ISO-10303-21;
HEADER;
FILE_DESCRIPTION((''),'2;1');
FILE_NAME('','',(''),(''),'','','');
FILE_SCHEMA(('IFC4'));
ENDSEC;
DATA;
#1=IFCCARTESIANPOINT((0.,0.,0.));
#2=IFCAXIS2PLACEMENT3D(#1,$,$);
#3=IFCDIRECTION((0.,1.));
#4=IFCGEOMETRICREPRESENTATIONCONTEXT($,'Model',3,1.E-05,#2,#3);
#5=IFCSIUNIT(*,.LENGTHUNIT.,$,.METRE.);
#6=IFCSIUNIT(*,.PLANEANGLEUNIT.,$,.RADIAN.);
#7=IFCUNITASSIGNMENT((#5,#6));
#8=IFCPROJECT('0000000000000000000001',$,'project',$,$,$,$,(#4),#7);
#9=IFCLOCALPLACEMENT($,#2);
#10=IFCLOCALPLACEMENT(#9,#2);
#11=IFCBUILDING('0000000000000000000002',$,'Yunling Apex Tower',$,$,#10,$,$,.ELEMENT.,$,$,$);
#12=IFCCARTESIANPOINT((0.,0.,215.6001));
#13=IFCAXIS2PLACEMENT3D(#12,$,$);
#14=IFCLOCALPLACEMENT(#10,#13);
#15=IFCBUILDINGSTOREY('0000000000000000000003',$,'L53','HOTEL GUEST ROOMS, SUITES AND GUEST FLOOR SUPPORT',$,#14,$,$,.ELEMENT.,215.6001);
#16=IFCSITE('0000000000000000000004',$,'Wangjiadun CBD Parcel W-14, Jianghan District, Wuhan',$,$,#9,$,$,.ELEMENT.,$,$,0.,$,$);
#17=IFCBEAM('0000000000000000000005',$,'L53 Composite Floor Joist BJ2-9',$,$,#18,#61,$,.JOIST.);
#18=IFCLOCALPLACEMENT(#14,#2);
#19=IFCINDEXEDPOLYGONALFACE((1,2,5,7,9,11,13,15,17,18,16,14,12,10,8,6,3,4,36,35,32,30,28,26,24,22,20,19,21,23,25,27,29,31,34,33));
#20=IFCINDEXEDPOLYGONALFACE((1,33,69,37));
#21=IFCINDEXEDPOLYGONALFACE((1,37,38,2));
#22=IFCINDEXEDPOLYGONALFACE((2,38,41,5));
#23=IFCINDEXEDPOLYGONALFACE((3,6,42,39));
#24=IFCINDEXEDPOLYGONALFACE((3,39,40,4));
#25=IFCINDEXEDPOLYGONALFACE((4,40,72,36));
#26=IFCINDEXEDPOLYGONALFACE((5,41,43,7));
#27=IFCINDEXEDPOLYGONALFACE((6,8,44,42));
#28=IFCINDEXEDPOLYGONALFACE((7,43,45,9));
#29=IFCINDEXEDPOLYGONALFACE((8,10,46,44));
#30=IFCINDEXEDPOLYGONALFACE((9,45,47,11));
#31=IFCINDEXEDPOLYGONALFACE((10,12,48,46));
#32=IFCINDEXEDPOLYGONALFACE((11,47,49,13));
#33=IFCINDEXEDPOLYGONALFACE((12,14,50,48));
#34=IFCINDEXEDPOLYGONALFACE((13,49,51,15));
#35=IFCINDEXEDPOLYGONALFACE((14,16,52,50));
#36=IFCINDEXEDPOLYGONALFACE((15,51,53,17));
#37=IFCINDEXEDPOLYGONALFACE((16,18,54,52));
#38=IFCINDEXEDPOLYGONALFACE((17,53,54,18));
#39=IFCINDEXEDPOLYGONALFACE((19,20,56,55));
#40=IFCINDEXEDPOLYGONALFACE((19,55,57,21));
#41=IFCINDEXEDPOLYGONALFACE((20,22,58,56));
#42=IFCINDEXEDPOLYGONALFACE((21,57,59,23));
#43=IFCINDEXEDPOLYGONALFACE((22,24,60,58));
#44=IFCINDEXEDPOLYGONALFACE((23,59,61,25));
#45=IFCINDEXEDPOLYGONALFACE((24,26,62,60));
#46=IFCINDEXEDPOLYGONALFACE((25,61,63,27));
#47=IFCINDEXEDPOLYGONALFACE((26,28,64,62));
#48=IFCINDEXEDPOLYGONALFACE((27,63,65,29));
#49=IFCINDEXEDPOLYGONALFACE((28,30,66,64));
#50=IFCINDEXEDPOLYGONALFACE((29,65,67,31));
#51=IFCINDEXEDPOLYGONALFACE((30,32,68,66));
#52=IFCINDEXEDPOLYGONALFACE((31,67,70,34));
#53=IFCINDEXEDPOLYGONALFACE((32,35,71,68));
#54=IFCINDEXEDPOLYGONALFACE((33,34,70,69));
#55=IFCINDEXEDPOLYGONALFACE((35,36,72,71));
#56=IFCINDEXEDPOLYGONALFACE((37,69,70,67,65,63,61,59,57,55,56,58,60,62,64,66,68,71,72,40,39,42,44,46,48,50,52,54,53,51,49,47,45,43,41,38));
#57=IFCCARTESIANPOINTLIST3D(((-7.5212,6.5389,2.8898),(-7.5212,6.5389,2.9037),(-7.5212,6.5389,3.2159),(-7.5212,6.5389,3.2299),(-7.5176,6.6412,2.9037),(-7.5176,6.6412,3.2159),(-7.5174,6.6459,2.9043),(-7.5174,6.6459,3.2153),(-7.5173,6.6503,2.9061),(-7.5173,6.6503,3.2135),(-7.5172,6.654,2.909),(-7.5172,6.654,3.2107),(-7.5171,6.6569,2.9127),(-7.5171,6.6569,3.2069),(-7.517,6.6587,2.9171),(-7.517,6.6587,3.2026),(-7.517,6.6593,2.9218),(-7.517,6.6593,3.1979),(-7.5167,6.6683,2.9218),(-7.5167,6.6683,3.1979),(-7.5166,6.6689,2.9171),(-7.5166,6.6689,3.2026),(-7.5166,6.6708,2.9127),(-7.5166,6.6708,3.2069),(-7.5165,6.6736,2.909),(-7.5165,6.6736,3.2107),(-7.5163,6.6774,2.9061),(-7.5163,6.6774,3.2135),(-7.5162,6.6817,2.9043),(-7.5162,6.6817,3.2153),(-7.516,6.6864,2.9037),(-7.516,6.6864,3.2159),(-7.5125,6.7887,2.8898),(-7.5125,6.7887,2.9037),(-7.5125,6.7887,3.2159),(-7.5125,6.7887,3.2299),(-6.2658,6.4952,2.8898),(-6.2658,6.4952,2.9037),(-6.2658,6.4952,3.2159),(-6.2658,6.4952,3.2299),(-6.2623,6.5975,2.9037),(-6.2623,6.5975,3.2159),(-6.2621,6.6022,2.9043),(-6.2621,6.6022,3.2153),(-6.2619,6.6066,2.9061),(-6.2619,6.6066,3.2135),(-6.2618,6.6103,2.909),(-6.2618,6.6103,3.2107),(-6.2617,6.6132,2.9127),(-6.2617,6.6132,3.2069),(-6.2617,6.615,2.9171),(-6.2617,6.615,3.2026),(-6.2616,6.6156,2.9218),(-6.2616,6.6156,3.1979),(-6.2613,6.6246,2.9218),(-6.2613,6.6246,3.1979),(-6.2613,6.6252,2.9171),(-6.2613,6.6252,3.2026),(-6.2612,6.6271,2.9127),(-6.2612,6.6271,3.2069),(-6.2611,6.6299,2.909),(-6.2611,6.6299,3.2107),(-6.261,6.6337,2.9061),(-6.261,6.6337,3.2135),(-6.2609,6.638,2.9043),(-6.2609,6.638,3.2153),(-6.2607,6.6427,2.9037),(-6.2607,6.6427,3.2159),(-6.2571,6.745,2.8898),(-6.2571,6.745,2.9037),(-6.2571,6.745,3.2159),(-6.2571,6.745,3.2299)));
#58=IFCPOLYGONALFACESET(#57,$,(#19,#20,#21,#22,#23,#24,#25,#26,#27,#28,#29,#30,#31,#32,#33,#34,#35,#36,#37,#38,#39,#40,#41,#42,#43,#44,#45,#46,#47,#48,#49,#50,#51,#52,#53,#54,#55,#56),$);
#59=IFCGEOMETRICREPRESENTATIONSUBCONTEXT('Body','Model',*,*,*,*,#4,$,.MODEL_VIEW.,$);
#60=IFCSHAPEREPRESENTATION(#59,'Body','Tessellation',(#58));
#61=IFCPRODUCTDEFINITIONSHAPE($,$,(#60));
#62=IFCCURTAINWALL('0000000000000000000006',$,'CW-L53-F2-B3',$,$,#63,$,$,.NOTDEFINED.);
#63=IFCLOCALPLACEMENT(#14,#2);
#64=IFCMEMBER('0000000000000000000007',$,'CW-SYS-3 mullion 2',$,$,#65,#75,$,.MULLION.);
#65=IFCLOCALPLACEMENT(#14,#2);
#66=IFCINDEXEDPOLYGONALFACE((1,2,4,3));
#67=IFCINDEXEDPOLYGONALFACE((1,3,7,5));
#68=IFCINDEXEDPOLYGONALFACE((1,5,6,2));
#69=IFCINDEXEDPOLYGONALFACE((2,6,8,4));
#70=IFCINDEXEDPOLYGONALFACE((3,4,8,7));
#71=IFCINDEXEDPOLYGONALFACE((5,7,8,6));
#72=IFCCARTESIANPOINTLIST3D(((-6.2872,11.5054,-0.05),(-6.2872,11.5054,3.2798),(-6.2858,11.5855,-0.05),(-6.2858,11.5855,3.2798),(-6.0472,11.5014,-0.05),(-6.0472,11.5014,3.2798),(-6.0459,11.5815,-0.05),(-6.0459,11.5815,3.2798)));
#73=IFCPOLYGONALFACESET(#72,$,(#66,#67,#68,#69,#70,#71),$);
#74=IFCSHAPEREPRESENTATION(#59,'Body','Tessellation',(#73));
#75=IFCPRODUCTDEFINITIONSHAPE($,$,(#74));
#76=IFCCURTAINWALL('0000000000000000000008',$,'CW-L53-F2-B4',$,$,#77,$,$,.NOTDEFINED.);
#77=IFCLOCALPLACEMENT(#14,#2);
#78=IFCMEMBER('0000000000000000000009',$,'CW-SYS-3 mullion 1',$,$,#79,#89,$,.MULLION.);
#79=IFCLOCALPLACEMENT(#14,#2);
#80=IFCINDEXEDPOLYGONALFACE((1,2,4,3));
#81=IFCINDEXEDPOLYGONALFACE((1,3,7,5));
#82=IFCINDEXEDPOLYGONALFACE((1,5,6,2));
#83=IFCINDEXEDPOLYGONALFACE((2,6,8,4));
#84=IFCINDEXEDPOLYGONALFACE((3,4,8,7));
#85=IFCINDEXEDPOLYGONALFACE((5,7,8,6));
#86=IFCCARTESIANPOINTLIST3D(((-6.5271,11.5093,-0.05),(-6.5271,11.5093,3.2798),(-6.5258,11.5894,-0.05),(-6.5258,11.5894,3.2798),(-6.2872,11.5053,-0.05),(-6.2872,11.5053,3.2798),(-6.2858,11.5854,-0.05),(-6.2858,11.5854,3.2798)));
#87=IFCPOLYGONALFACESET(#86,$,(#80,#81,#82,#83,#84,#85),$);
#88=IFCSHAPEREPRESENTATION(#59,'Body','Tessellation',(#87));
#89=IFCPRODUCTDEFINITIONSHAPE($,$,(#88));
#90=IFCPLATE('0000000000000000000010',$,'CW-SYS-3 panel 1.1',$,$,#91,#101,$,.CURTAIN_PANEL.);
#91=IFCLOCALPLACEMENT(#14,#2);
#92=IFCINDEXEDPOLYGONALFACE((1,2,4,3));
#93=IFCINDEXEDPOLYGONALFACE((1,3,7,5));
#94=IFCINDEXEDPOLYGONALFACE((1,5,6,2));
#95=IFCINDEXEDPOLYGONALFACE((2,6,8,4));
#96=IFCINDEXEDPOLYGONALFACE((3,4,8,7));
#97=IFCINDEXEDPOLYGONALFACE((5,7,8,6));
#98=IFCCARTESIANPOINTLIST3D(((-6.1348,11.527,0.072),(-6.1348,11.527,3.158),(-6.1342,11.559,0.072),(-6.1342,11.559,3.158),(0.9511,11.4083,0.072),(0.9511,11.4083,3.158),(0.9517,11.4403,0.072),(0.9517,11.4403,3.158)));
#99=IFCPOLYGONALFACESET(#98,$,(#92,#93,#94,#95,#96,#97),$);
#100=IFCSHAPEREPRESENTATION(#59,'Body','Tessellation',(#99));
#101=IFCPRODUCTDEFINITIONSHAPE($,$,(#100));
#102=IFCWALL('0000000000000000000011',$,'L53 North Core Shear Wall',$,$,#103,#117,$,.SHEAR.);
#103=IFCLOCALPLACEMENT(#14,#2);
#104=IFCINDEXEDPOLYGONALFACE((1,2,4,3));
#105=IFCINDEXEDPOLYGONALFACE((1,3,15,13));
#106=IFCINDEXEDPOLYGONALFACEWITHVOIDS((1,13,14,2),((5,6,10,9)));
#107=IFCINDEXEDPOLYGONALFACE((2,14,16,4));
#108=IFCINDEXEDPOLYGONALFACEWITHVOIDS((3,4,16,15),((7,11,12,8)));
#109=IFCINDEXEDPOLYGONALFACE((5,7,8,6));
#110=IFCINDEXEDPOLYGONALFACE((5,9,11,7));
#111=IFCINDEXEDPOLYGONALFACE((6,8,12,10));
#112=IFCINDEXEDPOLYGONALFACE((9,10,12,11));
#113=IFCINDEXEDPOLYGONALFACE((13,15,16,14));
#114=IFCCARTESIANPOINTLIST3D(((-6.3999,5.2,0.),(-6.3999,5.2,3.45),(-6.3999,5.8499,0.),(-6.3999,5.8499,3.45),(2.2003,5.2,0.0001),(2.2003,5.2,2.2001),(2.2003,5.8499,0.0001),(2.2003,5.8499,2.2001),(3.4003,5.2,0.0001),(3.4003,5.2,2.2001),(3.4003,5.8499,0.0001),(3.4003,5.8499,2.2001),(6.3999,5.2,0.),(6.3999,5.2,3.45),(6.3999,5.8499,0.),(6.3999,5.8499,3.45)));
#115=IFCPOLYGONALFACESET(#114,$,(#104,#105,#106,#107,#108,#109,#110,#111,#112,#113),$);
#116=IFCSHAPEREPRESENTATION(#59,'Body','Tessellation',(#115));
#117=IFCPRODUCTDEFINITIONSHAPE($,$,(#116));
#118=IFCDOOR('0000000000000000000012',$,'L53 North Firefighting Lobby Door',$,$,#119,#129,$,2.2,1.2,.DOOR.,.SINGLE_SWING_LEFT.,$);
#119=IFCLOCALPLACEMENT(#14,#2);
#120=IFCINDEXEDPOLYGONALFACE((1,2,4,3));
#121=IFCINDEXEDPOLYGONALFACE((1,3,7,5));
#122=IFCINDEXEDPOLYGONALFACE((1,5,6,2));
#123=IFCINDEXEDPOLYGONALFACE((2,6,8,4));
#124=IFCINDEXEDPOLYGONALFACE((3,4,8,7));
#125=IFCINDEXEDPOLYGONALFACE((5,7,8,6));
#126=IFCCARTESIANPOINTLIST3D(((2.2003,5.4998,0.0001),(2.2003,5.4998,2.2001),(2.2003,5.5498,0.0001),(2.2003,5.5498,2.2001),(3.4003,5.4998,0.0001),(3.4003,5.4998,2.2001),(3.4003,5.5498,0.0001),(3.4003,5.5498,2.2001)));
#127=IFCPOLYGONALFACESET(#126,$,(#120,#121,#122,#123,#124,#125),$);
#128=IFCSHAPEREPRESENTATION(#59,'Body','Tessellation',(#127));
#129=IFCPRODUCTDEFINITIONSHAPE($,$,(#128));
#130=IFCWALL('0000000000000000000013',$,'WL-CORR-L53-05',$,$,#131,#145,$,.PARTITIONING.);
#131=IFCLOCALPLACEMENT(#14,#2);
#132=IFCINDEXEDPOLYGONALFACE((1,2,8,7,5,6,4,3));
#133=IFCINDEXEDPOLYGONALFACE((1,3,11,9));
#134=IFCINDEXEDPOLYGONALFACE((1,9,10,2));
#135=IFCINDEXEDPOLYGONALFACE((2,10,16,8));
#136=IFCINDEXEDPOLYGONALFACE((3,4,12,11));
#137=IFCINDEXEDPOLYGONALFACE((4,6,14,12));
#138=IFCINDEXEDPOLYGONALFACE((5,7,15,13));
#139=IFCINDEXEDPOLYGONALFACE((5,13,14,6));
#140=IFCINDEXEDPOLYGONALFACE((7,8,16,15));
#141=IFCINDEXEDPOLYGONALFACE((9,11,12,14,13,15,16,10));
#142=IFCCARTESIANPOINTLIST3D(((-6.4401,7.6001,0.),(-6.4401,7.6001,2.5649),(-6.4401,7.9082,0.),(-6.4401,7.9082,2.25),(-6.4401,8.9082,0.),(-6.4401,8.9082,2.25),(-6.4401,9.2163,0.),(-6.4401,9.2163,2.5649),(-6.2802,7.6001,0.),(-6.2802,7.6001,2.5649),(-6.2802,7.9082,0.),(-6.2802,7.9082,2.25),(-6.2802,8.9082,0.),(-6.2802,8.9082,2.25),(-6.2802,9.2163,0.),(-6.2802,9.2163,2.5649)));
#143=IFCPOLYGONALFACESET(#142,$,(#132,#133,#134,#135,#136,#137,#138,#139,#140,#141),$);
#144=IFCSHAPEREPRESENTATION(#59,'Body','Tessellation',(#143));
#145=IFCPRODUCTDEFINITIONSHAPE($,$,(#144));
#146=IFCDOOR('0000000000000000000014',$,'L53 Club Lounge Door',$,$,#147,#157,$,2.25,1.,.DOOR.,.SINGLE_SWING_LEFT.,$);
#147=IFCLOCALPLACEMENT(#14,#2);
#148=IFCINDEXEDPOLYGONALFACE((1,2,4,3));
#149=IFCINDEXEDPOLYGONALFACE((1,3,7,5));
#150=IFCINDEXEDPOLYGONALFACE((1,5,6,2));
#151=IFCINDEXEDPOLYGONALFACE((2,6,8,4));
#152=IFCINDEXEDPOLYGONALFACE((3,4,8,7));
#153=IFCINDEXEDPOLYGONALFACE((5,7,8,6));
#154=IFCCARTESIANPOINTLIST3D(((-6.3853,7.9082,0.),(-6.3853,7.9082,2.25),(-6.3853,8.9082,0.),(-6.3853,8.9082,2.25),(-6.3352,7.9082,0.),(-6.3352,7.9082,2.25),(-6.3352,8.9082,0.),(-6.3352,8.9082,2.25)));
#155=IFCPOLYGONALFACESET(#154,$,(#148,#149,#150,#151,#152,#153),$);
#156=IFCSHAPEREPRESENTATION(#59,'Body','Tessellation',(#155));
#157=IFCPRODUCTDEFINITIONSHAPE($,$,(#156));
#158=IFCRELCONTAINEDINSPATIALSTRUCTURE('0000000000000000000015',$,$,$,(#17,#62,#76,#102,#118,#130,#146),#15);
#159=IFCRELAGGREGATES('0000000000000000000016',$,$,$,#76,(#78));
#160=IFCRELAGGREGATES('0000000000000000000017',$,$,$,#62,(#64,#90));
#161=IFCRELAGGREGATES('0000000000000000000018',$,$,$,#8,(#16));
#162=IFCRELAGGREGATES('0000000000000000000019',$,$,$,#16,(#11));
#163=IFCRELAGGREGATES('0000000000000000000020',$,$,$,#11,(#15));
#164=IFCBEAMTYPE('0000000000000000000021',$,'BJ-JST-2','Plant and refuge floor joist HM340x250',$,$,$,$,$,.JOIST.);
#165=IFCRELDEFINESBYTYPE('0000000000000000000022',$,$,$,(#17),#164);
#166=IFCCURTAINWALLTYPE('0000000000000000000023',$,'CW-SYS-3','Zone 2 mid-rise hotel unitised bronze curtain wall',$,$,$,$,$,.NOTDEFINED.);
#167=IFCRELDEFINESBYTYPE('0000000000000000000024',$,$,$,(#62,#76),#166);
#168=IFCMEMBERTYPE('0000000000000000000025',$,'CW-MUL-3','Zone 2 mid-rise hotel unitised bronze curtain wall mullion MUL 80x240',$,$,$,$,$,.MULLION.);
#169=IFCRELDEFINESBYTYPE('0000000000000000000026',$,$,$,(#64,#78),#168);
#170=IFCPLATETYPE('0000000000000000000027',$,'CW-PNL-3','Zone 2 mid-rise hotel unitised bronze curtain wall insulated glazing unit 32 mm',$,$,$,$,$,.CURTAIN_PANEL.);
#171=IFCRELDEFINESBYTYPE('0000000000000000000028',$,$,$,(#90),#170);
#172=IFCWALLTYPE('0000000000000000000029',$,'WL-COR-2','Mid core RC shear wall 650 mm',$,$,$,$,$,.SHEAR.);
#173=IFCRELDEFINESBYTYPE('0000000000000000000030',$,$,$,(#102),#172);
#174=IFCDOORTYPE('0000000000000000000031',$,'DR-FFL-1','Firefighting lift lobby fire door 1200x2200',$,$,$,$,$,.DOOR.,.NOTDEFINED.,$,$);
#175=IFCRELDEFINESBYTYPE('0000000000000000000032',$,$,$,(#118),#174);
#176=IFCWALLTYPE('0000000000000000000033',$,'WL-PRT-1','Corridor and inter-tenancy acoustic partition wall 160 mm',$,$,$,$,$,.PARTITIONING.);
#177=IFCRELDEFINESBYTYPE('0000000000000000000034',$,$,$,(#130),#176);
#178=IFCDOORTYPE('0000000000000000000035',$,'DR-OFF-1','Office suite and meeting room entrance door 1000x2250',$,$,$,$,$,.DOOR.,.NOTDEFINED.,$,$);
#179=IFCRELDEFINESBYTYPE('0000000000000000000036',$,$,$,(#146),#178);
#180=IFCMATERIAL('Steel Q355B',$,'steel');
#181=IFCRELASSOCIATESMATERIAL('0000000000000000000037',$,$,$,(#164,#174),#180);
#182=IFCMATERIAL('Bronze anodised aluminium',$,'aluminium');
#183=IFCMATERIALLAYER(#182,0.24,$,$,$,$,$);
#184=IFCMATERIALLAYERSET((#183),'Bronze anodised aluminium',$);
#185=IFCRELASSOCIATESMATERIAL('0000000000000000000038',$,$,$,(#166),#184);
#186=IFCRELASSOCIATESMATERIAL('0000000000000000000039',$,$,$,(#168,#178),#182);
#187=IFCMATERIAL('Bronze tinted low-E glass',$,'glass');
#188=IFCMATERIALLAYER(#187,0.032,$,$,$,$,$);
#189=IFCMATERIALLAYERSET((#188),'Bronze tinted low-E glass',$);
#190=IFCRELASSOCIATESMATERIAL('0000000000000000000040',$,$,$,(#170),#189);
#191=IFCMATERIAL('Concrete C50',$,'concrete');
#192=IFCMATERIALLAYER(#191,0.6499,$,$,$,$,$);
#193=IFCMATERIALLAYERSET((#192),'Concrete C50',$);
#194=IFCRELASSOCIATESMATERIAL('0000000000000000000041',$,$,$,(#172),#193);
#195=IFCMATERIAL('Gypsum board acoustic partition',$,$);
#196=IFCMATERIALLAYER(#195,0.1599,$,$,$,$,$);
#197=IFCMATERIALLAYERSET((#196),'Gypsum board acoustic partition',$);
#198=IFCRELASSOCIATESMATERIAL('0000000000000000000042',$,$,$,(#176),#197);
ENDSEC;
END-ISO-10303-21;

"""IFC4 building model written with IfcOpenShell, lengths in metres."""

from ifc_helpers import new_model, si_unit, direction, frame, frame_2d, origin, origin_2d, place, context, subcontext, project, spatial, rectangle, i_section, extrude, source, transform, mapped, material, layer, layer_set, material_profile, profile_set, type_object, element, fill, aggregate, save


model = new_model("IFC4")

# Units and contexts
model_context = context("Model", 3, precision=1e-05, world=origin(), true_north=direction((0.0, 1.0)))
body_context = subcontext(model_context, "Body", "Model", "MODEL_VIEW")
ifc_project = project(units=[si_unit("LENGTHUNIT", "METRE"), si_unit("PLANEANGLEUNIT", "RADIAN")], contexts=[model_context])

# Site, building, storey
site_placement = place(None, origin())
site = spatial("IfcSite", under=ifc_project, at=site_placement, Name="Wangjiadun CBD Parcel W-14, Jianghan District, Wuhan", CompositionType="ELEMENT", RefElevation=0.0)
building_placement = place(site_placement, origin())
building = spatial("IfcBuilding", under=site, at=building_placement, Name="Yunling Apex Tower", CompositionType="ELEMENT")
storey_placement = place(building_placement, frame((0.0, 0.0, 215.6001)))
storey = spatial("IfcBuildingStorey", under=building, at=storey_placement, Name="L53", Description="HOTEL GUEST ROOMS, SUITES AND GUEST FLOOR SUPPORT", CompositionType="ELEMENT", Elevation=215.6001)

# Shared definitions
ifc_material_1 = material(Name="Concrete C50", Category="concrete")

# Beam
ifc_material_2 = material(Name="Steel Q355B", Category="steel")
ifc_material_profile_1 = material_profile(ifc_material_2, i_section(OverallWidth=0.25, OverallDepth=0.3401, WebThickness=0.009, FlangeThickness=0.0139, FilletRadius=0.0181, at=origin_2d()))
ifc_profile_set_1 = profile_set([ifc_material_profile_1], Name="Steel Q355B")
beam_type_1 = type_object("IfcBeamType", Name="BJ-JST-2", Description="Plant and refuge floor joist HM340x250", PredefinedType="JOIST", material=ifc_profile_set_1)
shared_shape_1 = source(origin(), body_context, "Body", "SweptSolid", [
    extrude(i_section(OverallWidth=0.25, OverallDepth=0.3401, WebThickness=0.009, FlangeThickness=0.0139, FilletRadius=0.0181, at=origin_2d()), origin(), (0.0, 0.0, 1.0), 1.2561),
])
beam_1_placement = place(storey_placement, frame((-6.2615, 6.6201, 3.0598), z_axis=(-0.999395, 0.03479, 0.0), x_axis=(-0.03479, -0.999395, 0.0)))
element("IfcBeam", 1, at=beam_1_placement, inside=storey, type_object=beam_type_1, Name="L53 Composite Floor Joist BJ2-9", PredefinedType="JOIST", context=body_context, shape_type="MappedRepresentation", body=[
    mapped(shared_shape_1, transform((0.0, 0.0, 0.0), scale=1.0)),
])

# Curtain walls, members
ifc_material_3 = material(Name="Bronze anodised aluminium", Category="aluminium")
ifc_layer_1 = layer(ifc_material_3, 0.24)
ifc_layer_set_1 = layer_set([ifc_layer_1], Name="Bronze anodised aluminium")
curtain_wall_type = type_object("IfcCurtainWallType", Name="CW-SYS-3", Description="Zone 2 mid-rise hotel unitised bronze curtain wall", PredefinedType="NOTDEFINED", material=ifc_layer_set_1)
curtain_wall_1_placement = place(storey_placement, origin())
curtain_wall_1 = element("IfcCurtainWall", 2, at=curtain_wall_1_placement, inside=storey, type_object=curtain_wall_type, Name="CW-L53-F2-B3", PredefinedType="NOTDEFINED")
ifc_material_profile_2 = material_profile(ifc_material_3, rectangle(XDim=0.0801, YDim=0.24, at=origin_2d()))
ifc_profile_set_2 = profile_set([ifc_material_profile_2], Name="Bronze anodised aluminium")
member_type = type_object("IfcMemberType", Name="CW-MUL-3", Description="Zone 2 mid-rise hotel unitised bronze curtain wall mullion MUL 80x240", PredefinedType="MULLION", material=ifc_profile_set_2)
shared_shape_2 = source(origin(), body_context, "Body", "SweptSolid", [
    extrude(rectangle(XDim=0.0801, YDim=0.24, at=origin_2d()), origin(), (0.0, 0.0, 1.0), 3.3298),
])
member_1_placement = place(storey_placement, frame((-6.1665, 11.5435, -0.05), z_axis=(0.0, 0.0, 1.0), x_axis=(-0.016747, -0.99986, 0.0)))
member_1 = element("IfcMember", 3, at=member_1_placement, type_object=member_type, Name="CW-SYS-3 mullion 2", PredefinedType="MULLION", context=body_context, shape_type="MappedRepresentation", body=[
    mapped(shared_shape_2, transform((0.0, 0.0, 0.0), scale=1.0)),
])
curtain_wall_2_placement = place(storey_placement, origin())
curtain_wall_2 = element("IfcCurtainWall", 4, at=curtain_wall_2_placement, inside=storey, type_object=curtain_wall_type, Name="CW-L53-F2-B4", PredefinedType="NOTDEFINED")
member_2_placement = place(storey_placement, frame((-6.4065, 11.5474, -0.05), z_axis=(0.0, 0.0, 1.0), x_axis=(-0.016761, -0.99986, 0.0)))
member_2 = element("IfcMember", 5, at=member_2_placement, type_object=member_type, Name="CW-SYS-3 mullion 1", PredefinedType="MULLION", context=body_context, shape_type="MappedRepresentation", body=[
    mapped(shared_shape_2, transform((0.0, 0.0, 0.0), scale=1.0)),
])
aggregate(curtain_wall_2, [member_2])

# Plate
ifc_material_4 = material(Name="Bronze tinted low-E glass", Category="glass")
ifc_layer_2 = layer(ifc_material_4, 0.032)
ifc_layer_set_2 = layer_set([ifc_layer_2], Name="Bronze tinted low-E glass")
plate_type = type_object("IfcPlateType", Name="CW-PNL-3", Description="Zone 2 mid-rise hotel unitised bronze curtain wall insulated glazing unit 32 mm", PredefinedType="CURTAIN_PANEL", material=ifc_layer_set_2)
shared_shape_3 = source(origin(), body_context, "Body", "SweptSolid", [
    extrude(rectangle(XDim=7.0869, YDim=0.032, at=origin_2d()), origin(), (0.0, 0.0, 1.0), 3.0859),
])
plate_placement = place(storey_placement, frame((-2.5916, 11.4836, 0.072), z_axis=(0.0, 0.0, 1.0), x_axis=(-0.99986, 0.016747, 0.0)))
plate = element("IfcPlate", 6, at=plate_placement, type_object=plate_type, Name="CW-SYS-3 panel 1.1", PredefinedType="CURTAIN_PANEL", context=body_context, shape_type="MappedRepresentation", body=[
    mapped(shared_shape_3, transform((0.0, 0.0, 0.0), scale=1.0)),
])
aggregate(curtain_wall_1, [member_1, plate])

# Walls, openings, doors
ifc_layer_3 = layer(ifc_material_1, 0.6499)
ifc_layer_set_3 = layer_set([ifc_layer_3], Name="Concrete C50")
wall_type_1 = type_object("IfcWallType", Name="WL-COR-2", Description="Mid core RC shear wall 650 mm", PredefinedType="SHEAR", material=ifc_layer_set_3)
wall_1_placement = place(storey_placement, frame((-6.3999, 5.5249, 0.0), z_axis=(0.0, 0.0, 1.0), x_axis=(1.0, 0.0, 0.0)))
wall_1 = element("IfcWall", 7, at=wall_1_placement, inside=storey, type_object=wall_type_1, Name="L53 North Core Shear Wall", PredefinedType="SHEAR", context=body_context, shape_type="SweptSolid", body=[
    extrude(rectangle(XDim=12.7998, YDim=0.6499, at=frame_2d((6.3999, 0.0))), origin(), (0.0, 0.0, 1.0), 3.45),
])
opening_1_placement = place(wall_1_placement, frame((8.6001, 0.0, 0.0)))
opening_1 = element("IfcOpeningElement", 8, at=opening_1_placement, cuts=wall_1, PredefinedType="OPENING", context=body_context, shape_type="SweptSolid", body=[
    extrude(rectangle(XDim=1.2, YDim=2.2, at=frame_2d((0.6001, 1.1001))), frame((0.0, 0.335, 0.0), z_axis=(0.0, -1.0, 0.0), x_axis=(1.0, 0.0, 0.0)), (0.0, 0.0, 1.0), 0.6699),
])
door_type_1 = type_object("IfcDoorType", Name="DR-FFL-1", Description="Firefighting lift lobby fire door 1200x2200", OperationType="NOTDEFINED", PredefinedType="DOOR", material=ifc_material_2)
door_1_placement = place(opening_1_placement, origin())
door_1 = element("IfcDoor", 9, at=door_1_placement, inside=storey, type_object=door_type_1, Name="L53 North Firefighting Lobby Door", OperationType="SINGLE_SWING_LEFT", OverallHeight=2.2, OverallWidth=1.2, PredefinedType="DOOR", context=body_context, shape_type="SweptSolid", body=[
    extrude(rectangle(XDim=1.2, YDim=2.2, at=frame_2d((0.6001, 1.1001))), frame((0.0, 0.0249, 0.0), z_axis=(0.0, -1.0, 0.0), x_axis=(1.0, 0.0, 0.0)), (0.0, 0.0, 1.0), 0.05),
])
fill(opening_1, door_1)
ifc_material_5 = material(Name="Gypsum board acoustic partition")
ifc_layer_4 = layer(ifc_material_5, 0.1599)
ifc_layer_set_4 = layer_set([ifc_layer_4], Name="Gypsum board acoustic partition")
wall_type_2 = type_object("IfcWallType", Name="WL-PRT-1", Description="Corridor and inter-tenancy acoustic partition wall 160 mm", PredefinedType="PARTITIONING", material=ifc_layer_set_4)
wall_2_placement = place(storey_placement, frame((-6.3601, 9.2163, 0.0), z_axis=(0.0, 0.0, 1.0), x_axis=(0.0, -1.0, 0.0)))
wall_2 = element("IfcWall", 10, at=wall_2_placement, inside=storey, type_object=wall_type_2, Name="WL-CORR-L53-05", PredefinedType="PARTITIONING", context=body_context, shape_type="SweptSolid", body=[
    extrude(rectangle(XDim=1.6162, YDim=0.1599, at=frame_2d((0.8081, 0.0))), origin(), (0.0, 0.0, 1.0), 2.5649),
])
opening_2_placement = place(wall_2_placement, frame((0.3081, 0.0, 0.0)))
opening_2 = element("IfcOpeningElement", 11, at=opening_2_placement, cuts=wall_2, PredefinedType="OPENING", context=body_context, shape_type="SweptSolid", body=[
    extrude(rectangle(XDim=1.0, YDim=2.25, at=frame_2d((0.5, 1.125))), frame((0.0, 0.0898, 0.0), z_axis=(0.0, -1.0, 0.0), x_axis=(1.0, 0.0, 0.0)), (0.0, 0.0, 1.0), 0.1799),
])
door_type_2 = type_object("IfcDoorType", Name="DR-OFF-1", Description="Office suite and meeting room entrance door 1000x2250", OperationType="NOTDEFINED", PredefinedType="DOOR", material=ifc_material_3)
door_2_placement = place(opening_2_placement, origin())
door_2 = element("IfcDoor", 12, at=door_2_placement, inside=storey, type_object=door_type_2, Name="L53 Club Lounge Door", OperationType="SINGLE_SWING_LEFT", OverallHeight=2.25, OverallWidth=1.0, PredefinedType="DOOR", context=body_context, shape_type="SweptSolid", body=[
    extrude(rectangle(XDim=1.0, YDim=2.25, at=frame_2d((0.5, 1.125))), frame((0.0, 0.0249, 0.0), z_axis=(0.0, -1.0, 0.0), x_axis=(1.0, 0.0, 0.0)), (0.0, 0.0, 1.0), 0.05),
])
fill(opening_2, door_2)

save(model, "model.ifc")
